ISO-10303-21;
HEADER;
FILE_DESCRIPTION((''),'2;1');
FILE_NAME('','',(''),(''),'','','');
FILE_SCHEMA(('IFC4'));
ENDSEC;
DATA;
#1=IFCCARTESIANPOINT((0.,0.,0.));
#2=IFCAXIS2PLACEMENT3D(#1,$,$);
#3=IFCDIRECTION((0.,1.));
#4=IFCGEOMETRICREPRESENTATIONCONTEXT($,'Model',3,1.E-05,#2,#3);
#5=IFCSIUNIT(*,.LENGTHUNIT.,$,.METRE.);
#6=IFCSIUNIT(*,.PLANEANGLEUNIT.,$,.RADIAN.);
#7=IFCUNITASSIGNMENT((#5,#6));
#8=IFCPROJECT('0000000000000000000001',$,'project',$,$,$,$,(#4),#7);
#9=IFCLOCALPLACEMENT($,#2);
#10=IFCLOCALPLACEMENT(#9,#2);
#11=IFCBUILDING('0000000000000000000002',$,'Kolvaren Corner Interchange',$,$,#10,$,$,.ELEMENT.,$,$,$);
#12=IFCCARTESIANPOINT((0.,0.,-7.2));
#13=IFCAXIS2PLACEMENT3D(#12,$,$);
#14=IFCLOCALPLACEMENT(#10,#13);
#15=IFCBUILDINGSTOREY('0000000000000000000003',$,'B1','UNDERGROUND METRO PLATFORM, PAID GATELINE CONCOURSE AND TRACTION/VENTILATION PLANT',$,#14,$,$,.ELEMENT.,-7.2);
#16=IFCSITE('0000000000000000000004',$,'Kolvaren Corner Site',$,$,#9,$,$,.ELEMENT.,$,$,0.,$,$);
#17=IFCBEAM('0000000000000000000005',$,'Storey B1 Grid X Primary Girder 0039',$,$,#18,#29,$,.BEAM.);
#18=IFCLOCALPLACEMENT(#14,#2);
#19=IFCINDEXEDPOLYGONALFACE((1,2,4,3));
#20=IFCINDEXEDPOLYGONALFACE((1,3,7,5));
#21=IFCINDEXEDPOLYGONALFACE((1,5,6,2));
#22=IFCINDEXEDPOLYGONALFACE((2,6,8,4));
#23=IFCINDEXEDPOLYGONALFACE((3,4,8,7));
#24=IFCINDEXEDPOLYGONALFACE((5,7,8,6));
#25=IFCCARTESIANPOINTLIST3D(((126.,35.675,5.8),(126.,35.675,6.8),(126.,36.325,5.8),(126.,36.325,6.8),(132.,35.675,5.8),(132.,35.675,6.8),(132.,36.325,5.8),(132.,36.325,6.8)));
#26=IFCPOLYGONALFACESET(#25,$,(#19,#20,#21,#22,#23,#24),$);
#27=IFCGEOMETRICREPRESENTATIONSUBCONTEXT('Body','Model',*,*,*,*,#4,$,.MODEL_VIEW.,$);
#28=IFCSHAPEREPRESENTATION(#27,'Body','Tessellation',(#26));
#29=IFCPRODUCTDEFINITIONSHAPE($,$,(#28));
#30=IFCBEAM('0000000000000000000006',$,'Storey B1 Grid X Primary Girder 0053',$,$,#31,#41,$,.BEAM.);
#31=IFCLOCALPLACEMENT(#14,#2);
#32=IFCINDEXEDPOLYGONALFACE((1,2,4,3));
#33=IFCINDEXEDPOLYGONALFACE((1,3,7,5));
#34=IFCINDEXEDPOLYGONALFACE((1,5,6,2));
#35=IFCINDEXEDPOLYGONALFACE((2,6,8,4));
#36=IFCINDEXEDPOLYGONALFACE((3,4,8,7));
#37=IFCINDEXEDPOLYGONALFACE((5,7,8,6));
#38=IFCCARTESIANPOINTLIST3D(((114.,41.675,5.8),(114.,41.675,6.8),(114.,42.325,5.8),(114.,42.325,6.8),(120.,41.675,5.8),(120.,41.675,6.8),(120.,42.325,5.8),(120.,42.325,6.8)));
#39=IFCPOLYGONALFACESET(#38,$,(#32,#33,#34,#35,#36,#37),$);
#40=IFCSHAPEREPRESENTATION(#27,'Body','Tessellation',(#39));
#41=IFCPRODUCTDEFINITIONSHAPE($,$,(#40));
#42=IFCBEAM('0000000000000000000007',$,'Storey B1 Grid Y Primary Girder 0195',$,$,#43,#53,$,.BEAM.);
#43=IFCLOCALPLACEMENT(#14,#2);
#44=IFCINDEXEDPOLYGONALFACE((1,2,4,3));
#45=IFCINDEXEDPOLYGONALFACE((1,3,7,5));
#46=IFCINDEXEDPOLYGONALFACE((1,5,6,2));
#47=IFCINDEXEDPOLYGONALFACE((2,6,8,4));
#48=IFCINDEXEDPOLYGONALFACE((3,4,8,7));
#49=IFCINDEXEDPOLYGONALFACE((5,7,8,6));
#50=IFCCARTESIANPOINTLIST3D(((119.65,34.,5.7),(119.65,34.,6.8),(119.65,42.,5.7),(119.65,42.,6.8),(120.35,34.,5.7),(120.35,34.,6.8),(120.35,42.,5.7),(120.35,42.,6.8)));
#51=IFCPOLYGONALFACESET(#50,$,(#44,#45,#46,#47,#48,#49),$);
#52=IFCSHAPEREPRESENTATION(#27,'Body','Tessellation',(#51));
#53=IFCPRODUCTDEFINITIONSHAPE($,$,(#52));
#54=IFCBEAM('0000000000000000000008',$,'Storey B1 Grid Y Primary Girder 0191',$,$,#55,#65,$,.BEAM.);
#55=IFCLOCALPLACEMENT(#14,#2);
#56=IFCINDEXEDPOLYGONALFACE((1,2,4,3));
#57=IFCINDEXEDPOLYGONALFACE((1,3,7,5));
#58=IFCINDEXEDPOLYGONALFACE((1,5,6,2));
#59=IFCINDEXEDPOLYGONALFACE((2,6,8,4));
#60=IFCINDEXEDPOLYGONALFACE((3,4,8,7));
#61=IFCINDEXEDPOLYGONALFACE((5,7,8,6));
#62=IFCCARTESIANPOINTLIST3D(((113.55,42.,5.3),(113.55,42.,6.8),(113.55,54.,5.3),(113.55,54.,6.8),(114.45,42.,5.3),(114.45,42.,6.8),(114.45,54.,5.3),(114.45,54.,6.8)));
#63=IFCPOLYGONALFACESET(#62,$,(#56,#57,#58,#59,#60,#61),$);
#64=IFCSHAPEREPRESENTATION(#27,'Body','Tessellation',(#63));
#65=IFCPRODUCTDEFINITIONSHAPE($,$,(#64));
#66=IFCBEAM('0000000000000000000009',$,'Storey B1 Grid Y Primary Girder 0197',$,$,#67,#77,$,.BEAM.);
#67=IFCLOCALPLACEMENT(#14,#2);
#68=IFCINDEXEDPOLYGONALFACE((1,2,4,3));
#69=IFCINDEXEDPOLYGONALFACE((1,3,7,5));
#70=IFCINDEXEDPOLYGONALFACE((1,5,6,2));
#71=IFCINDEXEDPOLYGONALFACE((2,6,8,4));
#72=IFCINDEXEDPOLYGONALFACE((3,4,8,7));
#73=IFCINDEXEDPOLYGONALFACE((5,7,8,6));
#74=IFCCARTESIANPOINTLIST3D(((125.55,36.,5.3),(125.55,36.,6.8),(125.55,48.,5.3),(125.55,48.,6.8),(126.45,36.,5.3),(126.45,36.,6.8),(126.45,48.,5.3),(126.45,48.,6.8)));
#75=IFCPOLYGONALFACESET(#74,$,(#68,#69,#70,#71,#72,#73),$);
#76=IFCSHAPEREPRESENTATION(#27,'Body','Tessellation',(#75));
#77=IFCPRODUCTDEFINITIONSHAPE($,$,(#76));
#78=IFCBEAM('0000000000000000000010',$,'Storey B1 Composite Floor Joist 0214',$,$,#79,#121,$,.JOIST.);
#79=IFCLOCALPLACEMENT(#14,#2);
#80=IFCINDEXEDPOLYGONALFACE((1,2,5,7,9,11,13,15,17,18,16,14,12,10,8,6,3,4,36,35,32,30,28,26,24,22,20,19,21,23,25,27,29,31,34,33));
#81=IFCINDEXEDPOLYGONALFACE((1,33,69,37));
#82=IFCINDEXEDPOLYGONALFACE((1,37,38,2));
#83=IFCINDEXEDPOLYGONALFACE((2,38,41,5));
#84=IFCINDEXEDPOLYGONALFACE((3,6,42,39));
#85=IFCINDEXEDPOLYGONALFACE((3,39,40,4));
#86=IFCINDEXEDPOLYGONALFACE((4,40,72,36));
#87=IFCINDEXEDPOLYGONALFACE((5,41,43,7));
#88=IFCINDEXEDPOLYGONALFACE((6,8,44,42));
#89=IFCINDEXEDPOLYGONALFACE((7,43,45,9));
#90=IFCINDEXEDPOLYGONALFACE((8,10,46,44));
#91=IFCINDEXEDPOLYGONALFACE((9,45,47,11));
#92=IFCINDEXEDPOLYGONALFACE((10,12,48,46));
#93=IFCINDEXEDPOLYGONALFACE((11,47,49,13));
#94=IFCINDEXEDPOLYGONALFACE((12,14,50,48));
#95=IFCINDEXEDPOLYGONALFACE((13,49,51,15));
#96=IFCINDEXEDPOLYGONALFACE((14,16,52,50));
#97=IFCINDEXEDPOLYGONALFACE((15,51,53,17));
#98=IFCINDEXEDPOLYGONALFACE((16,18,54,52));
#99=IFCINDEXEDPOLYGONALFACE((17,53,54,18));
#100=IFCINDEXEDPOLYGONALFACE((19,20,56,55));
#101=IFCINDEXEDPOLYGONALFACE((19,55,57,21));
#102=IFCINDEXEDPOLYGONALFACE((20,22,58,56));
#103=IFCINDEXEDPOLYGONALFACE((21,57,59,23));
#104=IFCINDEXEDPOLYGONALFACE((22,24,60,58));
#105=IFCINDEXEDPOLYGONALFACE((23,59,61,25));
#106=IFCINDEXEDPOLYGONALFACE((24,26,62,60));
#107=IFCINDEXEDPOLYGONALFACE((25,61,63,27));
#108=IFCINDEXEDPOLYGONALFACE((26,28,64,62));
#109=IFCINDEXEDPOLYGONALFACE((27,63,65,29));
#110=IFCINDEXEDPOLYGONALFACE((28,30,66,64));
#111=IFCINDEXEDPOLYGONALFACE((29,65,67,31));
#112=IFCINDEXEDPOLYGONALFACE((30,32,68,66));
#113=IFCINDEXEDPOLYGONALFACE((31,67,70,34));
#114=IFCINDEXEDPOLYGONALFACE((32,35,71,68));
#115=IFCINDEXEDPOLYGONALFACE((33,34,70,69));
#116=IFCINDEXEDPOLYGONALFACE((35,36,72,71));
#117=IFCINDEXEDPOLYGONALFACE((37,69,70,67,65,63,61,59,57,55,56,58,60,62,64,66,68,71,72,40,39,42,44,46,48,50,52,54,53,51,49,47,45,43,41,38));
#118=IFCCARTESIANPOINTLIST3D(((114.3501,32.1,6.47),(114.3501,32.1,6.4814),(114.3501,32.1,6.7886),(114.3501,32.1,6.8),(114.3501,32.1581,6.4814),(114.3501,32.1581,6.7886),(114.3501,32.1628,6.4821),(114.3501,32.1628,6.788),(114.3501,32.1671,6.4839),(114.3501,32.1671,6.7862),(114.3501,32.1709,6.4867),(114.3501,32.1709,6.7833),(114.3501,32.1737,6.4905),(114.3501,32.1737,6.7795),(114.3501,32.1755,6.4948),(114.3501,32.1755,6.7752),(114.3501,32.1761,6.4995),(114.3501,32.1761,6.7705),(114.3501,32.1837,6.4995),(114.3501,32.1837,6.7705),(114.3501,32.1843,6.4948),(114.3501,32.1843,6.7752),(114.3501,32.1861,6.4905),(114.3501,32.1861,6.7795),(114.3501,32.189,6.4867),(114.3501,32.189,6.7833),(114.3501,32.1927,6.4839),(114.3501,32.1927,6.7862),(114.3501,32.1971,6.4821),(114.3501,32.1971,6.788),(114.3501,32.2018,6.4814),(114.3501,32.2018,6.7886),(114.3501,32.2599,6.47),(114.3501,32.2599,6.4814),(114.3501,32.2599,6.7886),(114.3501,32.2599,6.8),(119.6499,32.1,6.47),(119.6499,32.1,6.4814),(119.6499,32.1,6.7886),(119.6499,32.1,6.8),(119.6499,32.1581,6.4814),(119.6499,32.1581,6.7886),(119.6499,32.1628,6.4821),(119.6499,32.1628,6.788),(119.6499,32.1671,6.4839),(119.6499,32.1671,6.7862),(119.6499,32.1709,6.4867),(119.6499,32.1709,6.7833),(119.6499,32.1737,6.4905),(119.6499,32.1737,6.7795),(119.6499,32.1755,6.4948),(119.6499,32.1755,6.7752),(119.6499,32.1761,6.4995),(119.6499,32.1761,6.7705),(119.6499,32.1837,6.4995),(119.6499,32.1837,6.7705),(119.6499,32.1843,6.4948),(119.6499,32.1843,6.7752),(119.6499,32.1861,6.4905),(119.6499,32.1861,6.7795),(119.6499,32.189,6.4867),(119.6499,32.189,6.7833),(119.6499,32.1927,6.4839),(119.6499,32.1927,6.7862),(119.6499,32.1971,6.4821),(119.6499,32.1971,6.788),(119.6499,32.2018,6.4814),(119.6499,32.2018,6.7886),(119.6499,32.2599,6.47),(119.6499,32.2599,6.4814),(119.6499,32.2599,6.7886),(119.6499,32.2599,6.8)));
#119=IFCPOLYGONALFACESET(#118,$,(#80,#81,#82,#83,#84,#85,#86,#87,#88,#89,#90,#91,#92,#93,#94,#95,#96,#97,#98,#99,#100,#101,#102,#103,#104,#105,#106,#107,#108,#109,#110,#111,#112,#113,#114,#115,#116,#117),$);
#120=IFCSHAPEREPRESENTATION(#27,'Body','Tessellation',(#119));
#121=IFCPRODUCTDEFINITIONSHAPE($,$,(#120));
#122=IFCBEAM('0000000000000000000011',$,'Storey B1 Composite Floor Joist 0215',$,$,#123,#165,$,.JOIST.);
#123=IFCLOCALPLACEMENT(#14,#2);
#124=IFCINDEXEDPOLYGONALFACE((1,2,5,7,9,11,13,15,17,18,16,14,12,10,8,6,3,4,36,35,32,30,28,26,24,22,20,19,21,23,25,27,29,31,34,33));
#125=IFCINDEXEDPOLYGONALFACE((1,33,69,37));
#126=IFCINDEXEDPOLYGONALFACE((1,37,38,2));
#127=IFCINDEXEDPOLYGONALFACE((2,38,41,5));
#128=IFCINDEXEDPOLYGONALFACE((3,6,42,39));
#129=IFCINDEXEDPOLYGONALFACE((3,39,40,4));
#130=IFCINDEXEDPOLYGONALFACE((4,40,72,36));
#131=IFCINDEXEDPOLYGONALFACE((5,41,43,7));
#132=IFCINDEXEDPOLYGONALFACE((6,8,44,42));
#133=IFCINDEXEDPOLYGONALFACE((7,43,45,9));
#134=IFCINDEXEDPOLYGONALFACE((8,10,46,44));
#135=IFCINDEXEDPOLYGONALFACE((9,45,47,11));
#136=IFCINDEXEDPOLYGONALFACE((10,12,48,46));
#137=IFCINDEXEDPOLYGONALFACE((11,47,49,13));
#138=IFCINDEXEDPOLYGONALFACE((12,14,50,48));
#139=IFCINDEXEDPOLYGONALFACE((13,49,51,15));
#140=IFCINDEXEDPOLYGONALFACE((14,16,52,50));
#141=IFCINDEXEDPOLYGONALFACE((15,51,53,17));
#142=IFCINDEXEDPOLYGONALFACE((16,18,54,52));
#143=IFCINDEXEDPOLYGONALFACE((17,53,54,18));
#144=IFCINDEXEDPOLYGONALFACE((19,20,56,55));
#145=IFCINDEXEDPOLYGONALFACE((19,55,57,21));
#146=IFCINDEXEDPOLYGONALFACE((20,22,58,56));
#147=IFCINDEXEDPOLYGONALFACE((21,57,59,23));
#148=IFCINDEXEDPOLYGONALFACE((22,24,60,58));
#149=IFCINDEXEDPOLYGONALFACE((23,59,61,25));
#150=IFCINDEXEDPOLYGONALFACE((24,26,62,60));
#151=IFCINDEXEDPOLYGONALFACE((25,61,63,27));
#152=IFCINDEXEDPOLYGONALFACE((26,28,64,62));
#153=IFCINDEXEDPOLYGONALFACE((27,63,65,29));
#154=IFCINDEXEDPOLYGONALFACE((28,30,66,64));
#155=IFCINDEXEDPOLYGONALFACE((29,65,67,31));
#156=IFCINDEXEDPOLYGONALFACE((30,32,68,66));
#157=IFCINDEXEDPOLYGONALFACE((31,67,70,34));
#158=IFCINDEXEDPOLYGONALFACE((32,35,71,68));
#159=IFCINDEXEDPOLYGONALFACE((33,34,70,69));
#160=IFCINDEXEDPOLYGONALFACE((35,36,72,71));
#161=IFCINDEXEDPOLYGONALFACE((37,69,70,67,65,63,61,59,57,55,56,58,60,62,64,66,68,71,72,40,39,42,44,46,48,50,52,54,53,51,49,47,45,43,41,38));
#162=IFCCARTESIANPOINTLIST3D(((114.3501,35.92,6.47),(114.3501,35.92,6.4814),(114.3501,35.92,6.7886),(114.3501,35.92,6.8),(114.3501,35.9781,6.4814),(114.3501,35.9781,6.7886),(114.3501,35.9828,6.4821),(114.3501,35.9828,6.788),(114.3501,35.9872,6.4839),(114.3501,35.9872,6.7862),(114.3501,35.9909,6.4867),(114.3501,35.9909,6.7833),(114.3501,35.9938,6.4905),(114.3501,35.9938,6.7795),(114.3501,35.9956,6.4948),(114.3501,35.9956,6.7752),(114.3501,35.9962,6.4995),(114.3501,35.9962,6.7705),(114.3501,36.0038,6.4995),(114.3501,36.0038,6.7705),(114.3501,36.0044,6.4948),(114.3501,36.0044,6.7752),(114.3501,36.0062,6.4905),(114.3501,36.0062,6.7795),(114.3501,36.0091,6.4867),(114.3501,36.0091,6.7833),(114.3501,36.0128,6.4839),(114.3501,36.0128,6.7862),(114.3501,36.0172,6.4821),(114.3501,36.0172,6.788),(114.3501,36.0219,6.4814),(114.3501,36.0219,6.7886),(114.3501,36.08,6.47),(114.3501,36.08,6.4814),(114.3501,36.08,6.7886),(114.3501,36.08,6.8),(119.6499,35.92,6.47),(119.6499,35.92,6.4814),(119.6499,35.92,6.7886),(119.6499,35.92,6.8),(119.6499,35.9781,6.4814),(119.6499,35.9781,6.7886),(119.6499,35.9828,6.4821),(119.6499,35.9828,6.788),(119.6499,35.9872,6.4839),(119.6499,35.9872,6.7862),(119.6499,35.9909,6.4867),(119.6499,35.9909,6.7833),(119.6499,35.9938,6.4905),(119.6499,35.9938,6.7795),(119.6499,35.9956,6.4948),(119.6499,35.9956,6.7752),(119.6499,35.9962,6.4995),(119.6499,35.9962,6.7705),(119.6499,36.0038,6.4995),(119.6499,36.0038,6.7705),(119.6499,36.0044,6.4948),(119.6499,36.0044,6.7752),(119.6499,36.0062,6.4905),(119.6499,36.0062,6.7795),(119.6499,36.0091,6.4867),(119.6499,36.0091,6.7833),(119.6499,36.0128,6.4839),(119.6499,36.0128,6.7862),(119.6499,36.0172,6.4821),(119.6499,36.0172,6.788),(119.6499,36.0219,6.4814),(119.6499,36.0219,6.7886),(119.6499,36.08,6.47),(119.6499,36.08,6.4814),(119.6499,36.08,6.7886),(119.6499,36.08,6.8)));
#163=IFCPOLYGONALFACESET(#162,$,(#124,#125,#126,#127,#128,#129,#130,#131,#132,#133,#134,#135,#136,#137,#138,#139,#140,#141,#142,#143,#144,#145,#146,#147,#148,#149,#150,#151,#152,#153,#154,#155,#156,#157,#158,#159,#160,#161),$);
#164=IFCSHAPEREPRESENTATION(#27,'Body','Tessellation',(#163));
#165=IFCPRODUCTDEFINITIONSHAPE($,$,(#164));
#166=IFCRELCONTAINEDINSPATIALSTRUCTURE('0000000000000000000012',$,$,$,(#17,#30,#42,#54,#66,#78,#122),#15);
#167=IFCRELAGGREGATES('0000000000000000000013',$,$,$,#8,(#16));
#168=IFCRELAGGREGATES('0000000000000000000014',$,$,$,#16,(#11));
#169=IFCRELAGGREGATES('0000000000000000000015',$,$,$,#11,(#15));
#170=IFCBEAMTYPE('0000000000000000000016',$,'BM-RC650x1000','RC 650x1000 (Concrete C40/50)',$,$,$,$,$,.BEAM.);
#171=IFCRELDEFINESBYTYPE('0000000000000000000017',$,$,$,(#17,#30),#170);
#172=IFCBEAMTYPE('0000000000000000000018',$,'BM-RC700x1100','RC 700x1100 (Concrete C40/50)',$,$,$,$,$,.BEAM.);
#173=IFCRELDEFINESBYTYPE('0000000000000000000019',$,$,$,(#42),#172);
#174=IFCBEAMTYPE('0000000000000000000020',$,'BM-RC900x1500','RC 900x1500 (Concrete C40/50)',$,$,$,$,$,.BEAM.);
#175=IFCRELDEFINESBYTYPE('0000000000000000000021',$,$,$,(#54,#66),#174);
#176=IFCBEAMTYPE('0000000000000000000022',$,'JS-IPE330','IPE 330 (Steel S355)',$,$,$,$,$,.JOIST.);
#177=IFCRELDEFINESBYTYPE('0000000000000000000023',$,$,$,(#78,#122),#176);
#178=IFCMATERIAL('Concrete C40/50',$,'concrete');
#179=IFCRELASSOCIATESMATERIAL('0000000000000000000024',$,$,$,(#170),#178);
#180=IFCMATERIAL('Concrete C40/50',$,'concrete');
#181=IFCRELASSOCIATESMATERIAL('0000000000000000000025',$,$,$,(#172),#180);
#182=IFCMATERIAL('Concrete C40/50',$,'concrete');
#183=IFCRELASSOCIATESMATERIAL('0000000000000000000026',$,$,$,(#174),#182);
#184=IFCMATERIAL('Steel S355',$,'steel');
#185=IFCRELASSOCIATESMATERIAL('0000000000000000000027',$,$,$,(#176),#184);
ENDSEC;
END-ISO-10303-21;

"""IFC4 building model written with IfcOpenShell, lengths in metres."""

from ifc_helpers import new_model, si_unit, direction, frame, origin, origin_2d, place, context, subcontext, project, spatial, rectangle, i_section, extrude, material, material_profile, profile_set, type_object, element, save


model = new_model("IFC4")

# Units and contexts
model_context = context("Model", 3, precision=1e-05, world=origin(), true_north=direction((0.0, 1.0)))
body_context = subcontext(model_context, "Body", "Model", "MODEL_VIEW")
ifc_project = project(units=[si_unit("LENGTHUNIT", "METRE"), si_unit("PLANEANGLEUNIT", "RADIAN")], contexts=[model_context])

# Site, building, storey
site_placement = place(None, origin())
site = spatial("IfcSite", under=ifc_project, at=site_placement, Name="Kolvaren Corner Site", CompositionType="ELEMENT", RefElevation=0.0)
building_placement = place(site_placement, origin())
building = spatial("IfcBuilding", under=site, at=building_placement, Name="Kolvaren Corner Interchange", CompositionType="ELEMENT")
storey_placement = place(building_placement, frame((0.0, 0.0, -7.2)))
storey = spatial("IfcBuildingStorey", under=building, at=storey_placement, Name="B1", Description="UNDERGROUND METRO PLATFORM, PAID GATELINE CONCOURSE AND TRACTION/VENTILATION PLANT", CompositionType="ELEMENT", Elevation=-7.2)

# Beams
ifc_material_1 = material(Name="Concrete C40/50", Category="concrete")
ifc_material_profile_1 = material_profile(ifc_material_1, rectangle(XDim=0.6499, YDim=1.0, at=origin_2d()), Name="RC 650x1000")
ifc_profile_set_1 = profile_set([ifc_material_profile_1], Name="Concrete C40/50")
beam_type_1 = type_object("IfcBeamType", Name="BM-RC650x1000", Description="RC 650x1000 (Concrete C40/50)", PredefinedType="BEAM", material=ifc_profile_set_1)
for number, where, z_axis, x_axis, name in (
    (1, (126.0, 36.0, 6.3), (1.0, 0.0, 0.0), (0.0, 1.0, 0.0), "Storey B1 Grid X Primary Girder 0039"),
    (2, (114.0, 42.0, 6.3), (1.0, 0.0, 0.0), (0.0, 1.0, 0.0), "Storey B1 Grid X Primary Girder 0053"),
):
    element("IfcBeam", number, at=place(storey_placement, frame(where, z_axis=z_axis, x_axis=x_axis)), inside=storey, type_object=beam_type_1, Name=name, PredefinedType="BEAM", context=body_context, shape_type="SweptSolid", body=[
        extrude(rectangle(XDim=0.6499, YDim=1.0, at=origin_2d()), origin(), (0.0, 0.0, 1.0), 6.0),
    ])
ifc_material_2 = material(Name="Concrete C40/50", Category="concrete")
ifc_material_profile_2 = material_profile(ifc_material_2, rectangle(XDim=0.7, YDim=1.1001, at=origin_2d()), Name="RC 700x1100")
ifc_profile_set_2 = profile_set([ifc_material_profile_2], Name="Concrete C40/50")
beam_type_2 = type_object("IfcBeamType", Name="BM-RC700x1100", Description="RC 700x1100 (Concrete C40/50)", PredefinedType="BEAM", material=ifc_profile_set_2)
beam_1_placement = place(storey_placement, frame((120.0, 34.0, 6.25), z_axis=(0.0, 1.0, 0.0), x_axis=(-1.0, 0.0, 0.0)))
element("IfcBeam", 3, at=beam_1_placement, inside=storey, type_object=beam_type_2, Name="Storey B1 Grid Y Primary Girder 0195", PredefinedType="BEAM", context=body_context, shape_type="SweptSolid", body=[
    extrude(rectangle(XDim=0.7, YDim=1.1001, at=origin_2d()), origin(), (0.0, 0.0, 1.0), 8.0),
])
ifc_material_3 = material(Name="Concrete C40/50", Category="concrete")
ifc_material_profile_3 = material_profile(ifc_material_3, rectangle(XDim=0.8999, YDim=1.5, at=origin_2d()), Name="RC 900x1500")
ifc_profile_set_3 = profile_set([ifc_material_profile_3], Name="Concrete C40/50")
beam_type_3 = type_object("IfcBeamType", Name="BM-RC900x1500", Description="RC 900x1500 (Concrete C40/50)", PredefinedType="BEAM", material=ifc_profile_set_3)
for number, where, z_axis, x_axis, name in (
    (4, (114.0, 42.0, 6.05), (0.0, 1.0, 0.0), (-1.0, 0.0, 0.0), "Storey B1 Grid Y Primary Girder 0191"),
    (5, (126.0, 36.0, 6.05), (0.0, 1.0, 0.0), (-1.0, 0.0, 0.0), "Storey B1 Grid Y Primary Girder 0197"),
):
    element("IfcBeam", number, at=place(storey_placement, frame(where, z_axis=z_axis, x_axis=x_axis)), inside=storey, type_object=beam_type_3, Name=name, PredefinedType="BEAM", context=body_context, shape_type="SweptSolid", body=[
        extrude(rectangle(XDim=0.8999, YDim=1.5, at=origin_2d()), origin(), (0.0, 0.0, 1.0), 12.0),
    ])
ifc_material_4 = material(Name="Steel S355", Category="steel")
ifc_material_profile_4 = material_profile(ifc_material_4, i_section(OverallWidth=0.1599, OverallDepth=0.3301, WebThickness=0.0076, FlangeThickness=0.0115, FilletRadius=0.0181, at=origin_2d()), Name="IPE 330")
ifc_profile_set_4 = profile_set([ifc_material_profile_4], Name="Steel S355")
beam_type_4 = type_object("IfcBeamType", Name="JS-IPE330", Description="IPE 330 (Steel S355)", PredefinedType="JOIST", material=ifc_profile_set_4)
for number, where, z_axis, x_axis, name in (
    (6, (114.3501, 32.1799, 6.635), (1.0, 0.0, 0.0), (0.0, 1.0, 0.0), "Storey B1 Composite Floor Joist 0214"),
    (7, (114.3501, 36.0, 6.635), (1.0, 0.0, 0.0), (0.0, 1.0, 0.0), "Storey B1 Composite Floor Joist 0215"),
):
    element("IfcBeam", number, at=place(storey_placement, frame(where, z_axis=z_axis, x_axis=x_axis)), inside=storey, type_object=beam_type_4, Name=name, PredefinedType="JOIST", context=body_context, shape_type="SweptSolid", body=[
        extrude(i_section(OverallWidth=0.1599, OverallDepth=0.3301, WebThickness=0.0076, FlangeThickness=0.0115, FilletRadius=0.0181, at=origin_2d()), origin(), (0.0, 0.0, 1.0), 5.2998),
    ])

save(model, "model.ifc")
